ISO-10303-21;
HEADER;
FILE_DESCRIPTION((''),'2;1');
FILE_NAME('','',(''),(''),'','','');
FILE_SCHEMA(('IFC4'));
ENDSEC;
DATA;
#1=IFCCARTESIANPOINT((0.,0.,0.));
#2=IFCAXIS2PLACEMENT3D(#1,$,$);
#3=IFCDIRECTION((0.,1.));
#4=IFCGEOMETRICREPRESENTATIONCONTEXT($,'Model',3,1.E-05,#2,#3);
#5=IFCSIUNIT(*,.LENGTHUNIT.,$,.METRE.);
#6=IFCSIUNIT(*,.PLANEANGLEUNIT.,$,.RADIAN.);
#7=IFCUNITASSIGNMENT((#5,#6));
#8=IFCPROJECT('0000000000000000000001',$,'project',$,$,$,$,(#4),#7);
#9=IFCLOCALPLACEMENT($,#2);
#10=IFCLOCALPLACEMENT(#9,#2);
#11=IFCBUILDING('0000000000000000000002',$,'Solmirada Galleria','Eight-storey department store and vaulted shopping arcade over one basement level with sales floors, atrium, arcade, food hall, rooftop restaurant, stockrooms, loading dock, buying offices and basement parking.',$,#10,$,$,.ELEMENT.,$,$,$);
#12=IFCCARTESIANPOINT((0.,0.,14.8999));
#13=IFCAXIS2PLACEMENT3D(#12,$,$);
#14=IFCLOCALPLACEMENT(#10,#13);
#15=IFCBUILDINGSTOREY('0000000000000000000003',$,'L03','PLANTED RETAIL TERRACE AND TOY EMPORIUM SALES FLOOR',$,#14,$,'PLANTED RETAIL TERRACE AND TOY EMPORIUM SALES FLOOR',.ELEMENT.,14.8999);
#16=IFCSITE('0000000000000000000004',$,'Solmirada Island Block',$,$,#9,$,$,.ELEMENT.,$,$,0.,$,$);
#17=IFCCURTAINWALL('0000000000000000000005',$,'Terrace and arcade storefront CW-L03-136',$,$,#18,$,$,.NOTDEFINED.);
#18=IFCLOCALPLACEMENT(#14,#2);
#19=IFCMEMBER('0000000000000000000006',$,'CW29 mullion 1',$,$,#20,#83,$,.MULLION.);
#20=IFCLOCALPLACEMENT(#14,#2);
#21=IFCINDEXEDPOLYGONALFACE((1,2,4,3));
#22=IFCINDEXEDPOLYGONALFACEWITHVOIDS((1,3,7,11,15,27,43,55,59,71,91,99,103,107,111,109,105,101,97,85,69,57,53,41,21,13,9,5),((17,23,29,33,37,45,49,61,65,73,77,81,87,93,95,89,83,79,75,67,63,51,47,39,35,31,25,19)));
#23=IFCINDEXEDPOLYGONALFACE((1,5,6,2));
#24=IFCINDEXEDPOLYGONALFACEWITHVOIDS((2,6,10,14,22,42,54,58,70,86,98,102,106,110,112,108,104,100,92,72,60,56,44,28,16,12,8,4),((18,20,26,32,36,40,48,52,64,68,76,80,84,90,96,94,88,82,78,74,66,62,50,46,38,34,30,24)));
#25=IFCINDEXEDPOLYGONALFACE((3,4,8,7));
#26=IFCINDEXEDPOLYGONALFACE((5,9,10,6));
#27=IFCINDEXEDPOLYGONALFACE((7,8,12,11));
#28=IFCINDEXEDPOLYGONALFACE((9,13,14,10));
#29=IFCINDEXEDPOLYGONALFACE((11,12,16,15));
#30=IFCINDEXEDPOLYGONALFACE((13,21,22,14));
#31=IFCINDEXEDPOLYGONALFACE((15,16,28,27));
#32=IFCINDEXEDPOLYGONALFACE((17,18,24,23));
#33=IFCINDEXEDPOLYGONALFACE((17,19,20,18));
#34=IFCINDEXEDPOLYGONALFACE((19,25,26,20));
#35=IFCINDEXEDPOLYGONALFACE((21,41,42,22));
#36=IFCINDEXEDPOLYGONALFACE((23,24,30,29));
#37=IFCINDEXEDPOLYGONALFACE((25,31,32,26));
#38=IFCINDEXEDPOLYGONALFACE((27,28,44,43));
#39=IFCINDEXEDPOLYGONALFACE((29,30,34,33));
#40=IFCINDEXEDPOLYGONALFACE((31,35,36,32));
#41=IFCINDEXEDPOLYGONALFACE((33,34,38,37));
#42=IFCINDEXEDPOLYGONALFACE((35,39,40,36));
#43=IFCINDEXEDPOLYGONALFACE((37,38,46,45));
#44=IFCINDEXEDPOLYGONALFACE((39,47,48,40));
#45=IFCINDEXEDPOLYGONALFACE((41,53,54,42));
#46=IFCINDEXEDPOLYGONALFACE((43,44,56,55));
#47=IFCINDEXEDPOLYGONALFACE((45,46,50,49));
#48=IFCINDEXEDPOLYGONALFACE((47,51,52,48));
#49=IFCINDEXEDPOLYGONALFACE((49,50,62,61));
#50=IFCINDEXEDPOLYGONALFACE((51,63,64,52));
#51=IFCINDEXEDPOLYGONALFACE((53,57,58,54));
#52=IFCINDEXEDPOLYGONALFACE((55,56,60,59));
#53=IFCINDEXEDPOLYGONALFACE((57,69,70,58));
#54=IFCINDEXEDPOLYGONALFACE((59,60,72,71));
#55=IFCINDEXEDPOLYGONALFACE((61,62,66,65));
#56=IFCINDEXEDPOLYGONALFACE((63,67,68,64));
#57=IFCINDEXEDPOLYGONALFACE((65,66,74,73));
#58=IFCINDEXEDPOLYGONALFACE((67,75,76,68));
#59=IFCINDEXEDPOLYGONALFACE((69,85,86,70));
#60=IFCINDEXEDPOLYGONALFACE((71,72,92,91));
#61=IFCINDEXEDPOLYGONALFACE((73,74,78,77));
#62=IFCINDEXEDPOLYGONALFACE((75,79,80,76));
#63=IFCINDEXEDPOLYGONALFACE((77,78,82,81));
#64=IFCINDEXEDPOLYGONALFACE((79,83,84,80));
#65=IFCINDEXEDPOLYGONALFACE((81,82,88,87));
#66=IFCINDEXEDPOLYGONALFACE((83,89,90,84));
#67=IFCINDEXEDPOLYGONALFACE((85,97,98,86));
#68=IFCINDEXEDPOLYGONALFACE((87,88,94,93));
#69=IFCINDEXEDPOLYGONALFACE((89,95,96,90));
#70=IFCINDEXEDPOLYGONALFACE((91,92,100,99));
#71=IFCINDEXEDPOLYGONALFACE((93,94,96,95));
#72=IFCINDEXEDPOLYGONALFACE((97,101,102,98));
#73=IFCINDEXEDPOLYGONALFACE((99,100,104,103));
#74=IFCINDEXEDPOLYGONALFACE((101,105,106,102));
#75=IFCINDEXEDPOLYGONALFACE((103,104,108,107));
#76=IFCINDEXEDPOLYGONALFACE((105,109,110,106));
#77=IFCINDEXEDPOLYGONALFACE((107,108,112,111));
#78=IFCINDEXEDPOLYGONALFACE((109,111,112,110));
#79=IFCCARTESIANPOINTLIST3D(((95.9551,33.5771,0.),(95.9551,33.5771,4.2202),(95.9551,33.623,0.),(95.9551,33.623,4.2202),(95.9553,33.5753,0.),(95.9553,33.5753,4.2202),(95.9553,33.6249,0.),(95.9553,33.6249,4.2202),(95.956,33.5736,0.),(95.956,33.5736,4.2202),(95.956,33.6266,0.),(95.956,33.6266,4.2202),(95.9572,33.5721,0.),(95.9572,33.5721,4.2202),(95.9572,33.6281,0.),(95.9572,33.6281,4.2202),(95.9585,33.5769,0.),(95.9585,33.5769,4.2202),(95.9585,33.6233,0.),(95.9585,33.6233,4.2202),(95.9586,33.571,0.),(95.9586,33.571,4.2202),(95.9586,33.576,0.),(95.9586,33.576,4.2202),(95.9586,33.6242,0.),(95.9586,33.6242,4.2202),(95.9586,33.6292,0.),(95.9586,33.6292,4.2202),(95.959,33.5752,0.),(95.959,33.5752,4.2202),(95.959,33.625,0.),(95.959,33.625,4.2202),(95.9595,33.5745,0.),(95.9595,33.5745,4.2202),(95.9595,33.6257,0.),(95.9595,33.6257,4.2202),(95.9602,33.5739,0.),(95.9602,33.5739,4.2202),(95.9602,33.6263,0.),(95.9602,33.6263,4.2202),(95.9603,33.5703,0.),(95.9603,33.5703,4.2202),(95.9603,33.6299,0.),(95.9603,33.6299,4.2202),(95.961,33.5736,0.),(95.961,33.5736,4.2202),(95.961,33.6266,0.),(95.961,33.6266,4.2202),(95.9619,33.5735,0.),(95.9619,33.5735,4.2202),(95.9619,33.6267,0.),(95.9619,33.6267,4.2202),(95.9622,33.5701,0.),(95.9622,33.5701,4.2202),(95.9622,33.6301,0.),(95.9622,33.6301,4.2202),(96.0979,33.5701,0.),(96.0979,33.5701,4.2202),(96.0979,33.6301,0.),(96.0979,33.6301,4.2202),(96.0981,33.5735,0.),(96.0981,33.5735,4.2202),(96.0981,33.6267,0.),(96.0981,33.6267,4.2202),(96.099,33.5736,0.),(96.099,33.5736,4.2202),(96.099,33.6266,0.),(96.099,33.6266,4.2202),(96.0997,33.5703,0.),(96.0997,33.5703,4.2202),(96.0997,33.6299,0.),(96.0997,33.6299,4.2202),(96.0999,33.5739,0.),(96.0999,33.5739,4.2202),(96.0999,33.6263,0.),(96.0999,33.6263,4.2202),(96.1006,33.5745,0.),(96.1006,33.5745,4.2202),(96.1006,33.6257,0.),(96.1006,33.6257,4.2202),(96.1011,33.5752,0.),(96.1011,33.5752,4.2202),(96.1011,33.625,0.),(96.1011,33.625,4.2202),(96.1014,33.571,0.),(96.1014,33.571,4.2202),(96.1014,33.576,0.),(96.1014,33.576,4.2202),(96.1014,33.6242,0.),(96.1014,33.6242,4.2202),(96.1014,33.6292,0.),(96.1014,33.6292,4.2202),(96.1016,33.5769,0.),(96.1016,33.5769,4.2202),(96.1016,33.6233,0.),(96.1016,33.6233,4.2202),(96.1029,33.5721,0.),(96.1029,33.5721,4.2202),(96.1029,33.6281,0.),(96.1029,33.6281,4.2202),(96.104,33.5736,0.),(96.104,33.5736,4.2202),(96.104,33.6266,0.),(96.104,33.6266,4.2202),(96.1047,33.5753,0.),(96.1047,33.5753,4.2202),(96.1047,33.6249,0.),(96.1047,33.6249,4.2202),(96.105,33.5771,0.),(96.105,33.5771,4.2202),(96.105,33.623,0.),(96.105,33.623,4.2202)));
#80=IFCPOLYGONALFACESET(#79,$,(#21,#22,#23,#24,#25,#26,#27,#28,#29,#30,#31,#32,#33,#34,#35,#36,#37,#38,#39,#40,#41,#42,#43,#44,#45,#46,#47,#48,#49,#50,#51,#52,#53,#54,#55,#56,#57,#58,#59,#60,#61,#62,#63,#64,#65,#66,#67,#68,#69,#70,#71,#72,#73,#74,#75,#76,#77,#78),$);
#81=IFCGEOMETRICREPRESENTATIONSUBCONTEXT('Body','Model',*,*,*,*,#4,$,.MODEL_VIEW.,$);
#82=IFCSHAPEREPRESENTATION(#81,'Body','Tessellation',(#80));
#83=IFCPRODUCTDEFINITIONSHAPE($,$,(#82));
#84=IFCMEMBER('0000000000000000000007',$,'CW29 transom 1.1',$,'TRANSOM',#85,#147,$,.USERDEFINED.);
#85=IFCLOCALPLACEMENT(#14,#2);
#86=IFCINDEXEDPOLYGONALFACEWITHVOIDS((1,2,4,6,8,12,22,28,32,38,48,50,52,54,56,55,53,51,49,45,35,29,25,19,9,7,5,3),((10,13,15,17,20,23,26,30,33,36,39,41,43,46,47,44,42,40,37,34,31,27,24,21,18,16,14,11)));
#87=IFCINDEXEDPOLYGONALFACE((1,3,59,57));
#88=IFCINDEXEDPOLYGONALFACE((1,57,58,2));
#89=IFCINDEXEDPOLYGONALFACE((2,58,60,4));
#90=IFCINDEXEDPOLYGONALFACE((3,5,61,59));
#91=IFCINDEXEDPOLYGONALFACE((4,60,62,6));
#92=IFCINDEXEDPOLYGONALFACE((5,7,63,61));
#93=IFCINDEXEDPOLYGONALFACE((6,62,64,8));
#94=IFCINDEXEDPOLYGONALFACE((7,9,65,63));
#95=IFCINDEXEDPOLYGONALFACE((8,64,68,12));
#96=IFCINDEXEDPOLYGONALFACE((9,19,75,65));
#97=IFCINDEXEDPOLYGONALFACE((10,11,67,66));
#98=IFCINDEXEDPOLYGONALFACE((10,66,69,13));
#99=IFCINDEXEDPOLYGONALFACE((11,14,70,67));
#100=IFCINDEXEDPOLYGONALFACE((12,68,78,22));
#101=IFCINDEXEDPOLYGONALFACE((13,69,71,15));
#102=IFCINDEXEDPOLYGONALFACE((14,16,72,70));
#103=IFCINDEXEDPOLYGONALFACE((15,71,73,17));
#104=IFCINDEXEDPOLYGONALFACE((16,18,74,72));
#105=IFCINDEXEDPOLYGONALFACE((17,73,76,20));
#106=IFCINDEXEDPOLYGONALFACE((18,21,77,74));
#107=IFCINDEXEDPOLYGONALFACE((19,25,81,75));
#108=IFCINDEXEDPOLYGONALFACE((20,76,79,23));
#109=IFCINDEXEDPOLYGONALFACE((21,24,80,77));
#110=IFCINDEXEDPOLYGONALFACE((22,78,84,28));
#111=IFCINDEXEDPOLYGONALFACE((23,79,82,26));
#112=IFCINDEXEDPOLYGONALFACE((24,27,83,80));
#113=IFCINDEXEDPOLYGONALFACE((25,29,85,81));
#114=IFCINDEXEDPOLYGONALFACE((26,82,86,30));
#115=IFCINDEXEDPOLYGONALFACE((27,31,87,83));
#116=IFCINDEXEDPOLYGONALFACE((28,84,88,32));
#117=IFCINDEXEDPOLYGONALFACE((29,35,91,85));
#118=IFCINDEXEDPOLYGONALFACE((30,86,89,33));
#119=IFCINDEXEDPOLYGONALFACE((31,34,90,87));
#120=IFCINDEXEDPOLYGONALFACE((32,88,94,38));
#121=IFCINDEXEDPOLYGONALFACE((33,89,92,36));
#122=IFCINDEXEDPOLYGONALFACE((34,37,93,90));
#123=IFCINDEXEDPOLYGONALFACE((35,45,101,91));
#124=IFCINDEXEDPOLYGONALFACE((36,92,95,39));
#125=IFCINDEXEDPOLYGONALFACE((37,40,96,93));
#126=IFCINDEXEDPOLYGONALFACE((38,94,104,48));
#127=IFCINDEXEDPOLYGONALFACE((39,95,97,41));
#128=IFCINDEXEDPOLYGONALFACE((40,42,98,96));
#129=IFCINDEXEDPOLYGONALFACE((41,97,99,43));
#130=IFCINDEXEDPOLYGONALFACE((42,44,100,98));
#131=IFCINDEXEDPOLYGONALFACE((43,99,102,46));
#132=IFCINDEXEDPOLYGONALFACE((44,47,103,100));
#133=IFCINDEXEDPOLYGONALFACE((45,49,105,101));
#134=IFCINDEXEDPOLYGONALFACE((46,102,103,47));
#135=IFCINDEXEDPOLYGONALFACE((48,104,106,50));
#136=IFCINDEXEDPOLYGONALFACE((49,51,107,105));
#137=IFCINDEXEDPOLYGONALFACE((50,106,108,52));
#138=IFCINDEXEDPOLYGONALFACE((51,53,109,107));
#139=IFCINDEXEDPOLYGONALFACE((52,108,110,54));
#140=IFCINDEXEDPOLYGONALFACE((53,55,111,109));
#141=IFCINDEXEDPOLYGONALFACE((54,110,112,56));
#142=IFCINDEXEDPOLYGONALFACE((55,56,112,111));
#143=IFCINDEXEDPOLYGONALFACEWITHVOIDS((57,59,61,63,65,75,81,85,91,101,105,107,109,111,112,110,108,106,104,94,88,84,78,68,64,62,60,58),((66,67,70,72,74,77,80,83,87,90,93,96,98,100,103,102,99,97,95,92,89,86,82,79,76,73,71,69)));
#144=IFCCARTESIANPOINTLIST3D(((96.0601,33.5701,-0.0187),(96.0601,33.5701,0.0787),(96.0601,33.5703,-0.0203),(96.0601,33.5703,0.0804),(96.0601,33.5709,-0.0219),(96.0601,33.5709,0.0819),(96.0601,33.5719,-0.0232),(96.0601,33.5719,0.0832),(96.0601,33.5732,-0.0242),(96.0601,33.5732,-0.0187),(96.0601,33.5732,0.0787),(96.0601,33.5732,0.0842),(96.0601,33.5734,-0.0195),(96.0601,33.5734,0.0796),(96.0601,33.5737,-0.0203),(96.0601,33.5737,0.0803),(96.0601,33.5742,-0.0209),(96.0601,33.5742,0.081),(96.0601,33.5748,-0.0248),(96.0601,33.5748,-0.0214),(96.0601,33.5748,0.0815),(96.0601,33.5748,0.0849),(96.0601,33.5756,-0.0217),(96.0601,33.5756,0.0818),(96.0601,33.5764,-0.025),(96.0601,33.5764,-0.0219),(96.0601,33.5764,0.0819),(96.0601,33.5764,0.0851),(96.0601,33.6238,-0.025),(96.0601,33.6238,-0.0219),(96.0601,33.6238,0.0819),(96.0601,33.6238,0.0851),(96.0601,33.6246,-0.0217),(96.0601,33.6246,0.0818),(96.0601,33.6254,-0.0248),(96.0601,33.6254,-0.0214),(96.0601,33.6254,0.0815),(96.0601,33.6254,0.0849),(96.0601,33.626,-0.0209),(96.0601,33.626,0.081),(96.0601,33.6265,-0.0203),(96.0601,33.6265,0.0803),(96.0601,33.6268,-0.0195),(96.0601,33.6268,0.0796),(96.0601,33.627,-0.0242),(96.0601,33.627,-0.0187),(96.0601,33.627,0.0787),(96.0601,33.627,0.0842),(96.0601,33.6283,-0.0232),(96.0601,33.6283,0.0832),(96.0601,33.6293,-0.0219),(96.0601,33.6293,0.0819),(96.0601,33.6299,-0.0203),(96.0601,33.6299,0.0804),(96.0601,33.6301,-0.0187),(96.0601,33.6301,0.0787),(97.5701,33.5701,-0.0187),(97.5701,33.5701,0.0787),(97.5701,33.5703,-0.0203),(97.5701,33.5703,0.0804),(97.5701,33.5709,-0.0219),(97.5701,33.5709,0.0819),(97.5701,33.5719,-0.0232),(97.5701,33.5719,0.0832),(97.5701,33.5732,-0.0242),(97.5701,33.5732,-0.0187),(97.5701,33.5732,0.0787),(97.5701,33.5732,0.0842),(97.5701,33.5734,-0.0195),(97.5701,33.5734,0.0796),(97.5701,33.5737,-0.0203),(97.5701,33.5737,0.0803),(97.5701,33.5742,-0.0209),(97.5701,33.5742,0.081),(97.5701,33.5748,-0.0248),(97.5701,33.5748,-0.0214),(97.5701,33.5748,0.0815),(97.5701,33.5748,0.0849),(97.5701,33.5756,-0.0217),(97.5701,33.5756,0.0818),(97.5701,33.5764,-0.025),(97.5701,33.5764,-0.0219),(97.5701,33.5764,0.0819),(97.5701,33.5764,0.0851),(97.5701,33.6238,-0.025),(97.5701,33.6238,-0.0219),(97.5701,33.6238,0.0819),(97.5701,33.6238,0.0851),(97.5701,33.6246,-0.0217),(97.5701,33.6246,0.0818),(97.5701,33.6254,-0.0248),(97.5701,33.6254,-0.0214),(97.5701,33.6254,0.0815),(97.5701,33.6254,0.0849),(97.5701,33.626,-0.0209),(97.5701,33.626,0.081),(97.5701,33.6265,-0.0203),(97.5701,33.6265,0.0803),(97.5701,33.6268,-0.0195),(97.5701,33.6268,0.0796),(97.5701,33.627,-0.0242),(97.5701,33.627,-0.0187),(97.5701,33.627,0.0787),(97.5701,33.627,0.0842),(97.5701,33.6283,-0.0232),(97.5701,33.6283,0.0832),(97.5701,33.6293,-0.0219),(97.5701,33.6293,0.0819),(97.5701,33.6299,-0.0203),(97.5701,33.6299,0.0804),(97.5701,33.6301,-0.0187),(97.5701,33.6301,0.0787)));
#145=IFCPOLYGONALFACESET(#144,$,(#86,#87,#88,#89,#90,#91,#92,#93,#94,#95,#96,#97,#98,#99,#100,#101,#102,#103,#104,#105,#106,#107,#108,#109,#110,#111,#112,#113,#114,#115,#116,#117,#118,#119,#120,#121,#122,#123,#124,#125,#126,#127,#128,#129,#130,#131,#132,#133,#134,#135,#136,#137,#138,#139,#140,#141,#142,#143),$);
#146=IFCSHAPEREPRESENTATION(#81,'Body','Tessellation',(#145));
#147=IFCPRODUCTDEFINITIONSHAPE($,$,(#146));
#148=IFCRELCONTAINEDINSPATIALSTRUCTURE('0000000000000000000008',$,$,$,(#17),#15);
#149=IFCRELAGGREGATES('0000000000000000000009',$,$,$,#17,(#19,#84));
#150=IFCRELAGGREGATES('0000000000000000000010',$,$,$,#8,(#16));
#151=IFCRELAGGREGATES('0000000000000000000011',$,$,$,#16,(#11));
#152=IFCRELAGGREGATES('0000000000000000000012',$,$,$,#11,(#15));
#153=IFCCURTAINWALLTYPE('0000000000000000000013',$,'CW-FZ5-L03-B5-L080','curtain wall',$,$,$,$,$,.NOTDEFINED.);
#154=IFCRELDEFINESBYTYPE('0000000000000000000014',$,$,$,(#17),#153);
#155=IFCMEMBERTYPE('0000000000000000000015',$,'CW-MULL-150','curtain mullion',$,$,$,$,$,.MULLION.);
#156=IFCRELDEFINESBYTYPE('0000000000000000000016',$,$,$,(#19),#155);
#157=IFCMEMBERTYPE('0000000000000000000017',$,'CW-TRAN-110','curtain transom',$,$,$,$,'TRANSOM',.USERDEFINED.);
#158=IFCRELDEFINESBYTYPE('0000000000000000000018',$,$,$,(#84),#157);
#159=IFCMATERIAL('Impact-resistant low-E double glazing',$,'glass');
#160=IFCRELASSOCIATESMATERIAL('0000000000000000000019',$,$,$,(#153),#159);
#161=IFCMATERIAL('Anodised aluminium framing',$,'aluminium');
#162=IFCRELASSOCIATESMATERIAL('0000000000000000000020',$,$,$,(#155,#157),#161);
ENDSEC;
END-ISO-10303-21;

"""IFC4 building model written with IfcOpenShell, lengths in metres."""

from ifc_helpers import new_model, si_unit, direction, frame, origin, origin_2d, place, context, subcontext, project, spatial, hollow_rectangle, extrude, material, material_profile, profile_set, type_object, element, aggregate, save


model = new_model("IFC4")

# Units and contexts
model_context = context("Model", 3, precision=1e-05, world=origin(), true_north=direction((0.0, 1.0)))
body_context = subcontext(model_context, "Body", "Model", "MODEL_VIEW")
ifc_project = project(units=[si_unit("LENGTHUNIT", "METRE"), si_unit("PLANEANGLEUNIT", "RADIAN")], contexts=[model_context])

# Site, building, storey
site_placement = place(None, origin())
site = spatial("IfcSite", under=ifc_project, at=site_placement, Name="Solmirada Island Block", CompositionType="ELEMENT", RefElevation=0.0)
building_placement = place(site_placement, origin())
building = spatial("IfcBuilding", under=site, at=building_placement, Name="Solmirada Galleria", Description="Eight-storey department store and vaulted shopping arcade over one basement level with sales floors, atrium, arcade, food hall, rooftop restaurant, stockrooms, loading dock, buying offices and basement parking.", CompositionType="ELEMENT")
storey_placement = place(building_placement, frame((0.0, 0.0, 14.8999)))
storey = spatial("IfcBuildingStorey", under=building, at=storey_placement, Name="L03", Description="PLANTED RETAIL TERRACE AND TOY EMPORIUM SALES FLOOR", LongName="PLANTED RETAIL TERRACE AND TOY EMPORIUM SALES FLOOR", CompositionType="ELEMENT", Elevation=14.8999)

# Curtain wall, members
ifc_material_1 = material(Name="Impact-resistant low-E double glazing", Category="glass")
curtain_wall_type = type_object("IfcCurtainWallType", Name="CW-FZ5-L03-B5-L080", Description="curtain wall", PredefinedType="NOTDEFINED", material=ifc_material_1)
curtain_wall_placement = place(storey_placement, origin())
curtain_wall = element("IfcCurtainWall", 1, at=curtain_wall_placement, inside=storey, type_object=curtain_wall_type, Name="Terrace and arcade storefront CW-L03-136", PredefinedType="NOTDEFINED")
ifc_material_2 = material(Name="Anodised aluminium framing", Category="aluminium")
ifc_material_profile_1 = material_profile(ifc_material_2, hollow_rectangle(XDim=0.0601, YDim=0.1499, WallThickness=0.0034, InnerFilletRadius=0.0034, OuterFilletRadius=0.0071, at=origin_2d()), Name="ALU-MULL-150X60")
ifc_profile_set_1 = profile_set([ifc_material_profile_1], Name="Anodised aluminium framing")
member_type_1 = type_object("IfcMemberType", Name="CW-MULL-150", Description="curtain mullion", PredefinedType="MULLION", material=ifc_profile_set_1)
member_1_placement = place(storey_placement, frame((96.03, 33.6001, 0.0), z_axis=(0.0, 0.0, 1.0), x_axis=(0.0, 1.0, 0.0)))
member_1 = element("IfcMember", 2, at=member_1_placement, type_object=member_type_1, Name="CW29 mullion 1", PredefinedType="MULLION", context=body_context, shape_type="SweptSolid", body=[
    extrude(hollow_rectangle(XDim=0.0601, YDim=0.1499, WallThickness=0.0034, InnerFilletRadius=0.0034, OuterFilletRadius=0.0071, at=origin_2d()), origin(), (0.0, 0.0, 1.0), 4.2202),
])
ifc_material_profile_2 = material_profile(ifc_material_2, hollow_rectangle(XDim=0.0601, YDim=0.1101, WallThickness=0.0032, InnerFilletRadius=0.0032, OuterFilletRadius=0.0063, at=origin_2d()), Name="ALU-TRAN-110X60")
ifc_profile_set_2 = profile_set([ifc_material_profile_2], Name="Anodised aluminium framing")
member_type_2 = type_object("IfcMemberType", Name="CW-TRAN-110", Description="curtain transom", ElementType="TRANSOM", PredefinedType="USERDEFINED", material=ifc_profile_set_2)
member_2_placement = place(storey_placement, frame((96.0601, 33.6001, 0.03), z_axis=(1.0, 0.0, 0.0), x_axis=(0.0, 1.0, 0.0)))
member_2 = element("IfcMember", 3, at=member_2_placement, type_object=member_type_2, Name="CW29 transom 1.1", ObjectType="TRANSOM", PredefinedType="USERDEFINED", context=body_context, shape_type="SweptSolid", body=[
    extrude(hollow_rectangle(XDim=0.0601, YDim=0.1101, WallThickness=0.0032, InnerFilletRadius=0.0032, OuterFilletRadius=0.0063, at=origin_2d()), origin(), (0.0, 0.0, 1.0), 1.51),
])
aggregate(curtain_wall, [member_1, member_2])

save(model, "model.ifc")
